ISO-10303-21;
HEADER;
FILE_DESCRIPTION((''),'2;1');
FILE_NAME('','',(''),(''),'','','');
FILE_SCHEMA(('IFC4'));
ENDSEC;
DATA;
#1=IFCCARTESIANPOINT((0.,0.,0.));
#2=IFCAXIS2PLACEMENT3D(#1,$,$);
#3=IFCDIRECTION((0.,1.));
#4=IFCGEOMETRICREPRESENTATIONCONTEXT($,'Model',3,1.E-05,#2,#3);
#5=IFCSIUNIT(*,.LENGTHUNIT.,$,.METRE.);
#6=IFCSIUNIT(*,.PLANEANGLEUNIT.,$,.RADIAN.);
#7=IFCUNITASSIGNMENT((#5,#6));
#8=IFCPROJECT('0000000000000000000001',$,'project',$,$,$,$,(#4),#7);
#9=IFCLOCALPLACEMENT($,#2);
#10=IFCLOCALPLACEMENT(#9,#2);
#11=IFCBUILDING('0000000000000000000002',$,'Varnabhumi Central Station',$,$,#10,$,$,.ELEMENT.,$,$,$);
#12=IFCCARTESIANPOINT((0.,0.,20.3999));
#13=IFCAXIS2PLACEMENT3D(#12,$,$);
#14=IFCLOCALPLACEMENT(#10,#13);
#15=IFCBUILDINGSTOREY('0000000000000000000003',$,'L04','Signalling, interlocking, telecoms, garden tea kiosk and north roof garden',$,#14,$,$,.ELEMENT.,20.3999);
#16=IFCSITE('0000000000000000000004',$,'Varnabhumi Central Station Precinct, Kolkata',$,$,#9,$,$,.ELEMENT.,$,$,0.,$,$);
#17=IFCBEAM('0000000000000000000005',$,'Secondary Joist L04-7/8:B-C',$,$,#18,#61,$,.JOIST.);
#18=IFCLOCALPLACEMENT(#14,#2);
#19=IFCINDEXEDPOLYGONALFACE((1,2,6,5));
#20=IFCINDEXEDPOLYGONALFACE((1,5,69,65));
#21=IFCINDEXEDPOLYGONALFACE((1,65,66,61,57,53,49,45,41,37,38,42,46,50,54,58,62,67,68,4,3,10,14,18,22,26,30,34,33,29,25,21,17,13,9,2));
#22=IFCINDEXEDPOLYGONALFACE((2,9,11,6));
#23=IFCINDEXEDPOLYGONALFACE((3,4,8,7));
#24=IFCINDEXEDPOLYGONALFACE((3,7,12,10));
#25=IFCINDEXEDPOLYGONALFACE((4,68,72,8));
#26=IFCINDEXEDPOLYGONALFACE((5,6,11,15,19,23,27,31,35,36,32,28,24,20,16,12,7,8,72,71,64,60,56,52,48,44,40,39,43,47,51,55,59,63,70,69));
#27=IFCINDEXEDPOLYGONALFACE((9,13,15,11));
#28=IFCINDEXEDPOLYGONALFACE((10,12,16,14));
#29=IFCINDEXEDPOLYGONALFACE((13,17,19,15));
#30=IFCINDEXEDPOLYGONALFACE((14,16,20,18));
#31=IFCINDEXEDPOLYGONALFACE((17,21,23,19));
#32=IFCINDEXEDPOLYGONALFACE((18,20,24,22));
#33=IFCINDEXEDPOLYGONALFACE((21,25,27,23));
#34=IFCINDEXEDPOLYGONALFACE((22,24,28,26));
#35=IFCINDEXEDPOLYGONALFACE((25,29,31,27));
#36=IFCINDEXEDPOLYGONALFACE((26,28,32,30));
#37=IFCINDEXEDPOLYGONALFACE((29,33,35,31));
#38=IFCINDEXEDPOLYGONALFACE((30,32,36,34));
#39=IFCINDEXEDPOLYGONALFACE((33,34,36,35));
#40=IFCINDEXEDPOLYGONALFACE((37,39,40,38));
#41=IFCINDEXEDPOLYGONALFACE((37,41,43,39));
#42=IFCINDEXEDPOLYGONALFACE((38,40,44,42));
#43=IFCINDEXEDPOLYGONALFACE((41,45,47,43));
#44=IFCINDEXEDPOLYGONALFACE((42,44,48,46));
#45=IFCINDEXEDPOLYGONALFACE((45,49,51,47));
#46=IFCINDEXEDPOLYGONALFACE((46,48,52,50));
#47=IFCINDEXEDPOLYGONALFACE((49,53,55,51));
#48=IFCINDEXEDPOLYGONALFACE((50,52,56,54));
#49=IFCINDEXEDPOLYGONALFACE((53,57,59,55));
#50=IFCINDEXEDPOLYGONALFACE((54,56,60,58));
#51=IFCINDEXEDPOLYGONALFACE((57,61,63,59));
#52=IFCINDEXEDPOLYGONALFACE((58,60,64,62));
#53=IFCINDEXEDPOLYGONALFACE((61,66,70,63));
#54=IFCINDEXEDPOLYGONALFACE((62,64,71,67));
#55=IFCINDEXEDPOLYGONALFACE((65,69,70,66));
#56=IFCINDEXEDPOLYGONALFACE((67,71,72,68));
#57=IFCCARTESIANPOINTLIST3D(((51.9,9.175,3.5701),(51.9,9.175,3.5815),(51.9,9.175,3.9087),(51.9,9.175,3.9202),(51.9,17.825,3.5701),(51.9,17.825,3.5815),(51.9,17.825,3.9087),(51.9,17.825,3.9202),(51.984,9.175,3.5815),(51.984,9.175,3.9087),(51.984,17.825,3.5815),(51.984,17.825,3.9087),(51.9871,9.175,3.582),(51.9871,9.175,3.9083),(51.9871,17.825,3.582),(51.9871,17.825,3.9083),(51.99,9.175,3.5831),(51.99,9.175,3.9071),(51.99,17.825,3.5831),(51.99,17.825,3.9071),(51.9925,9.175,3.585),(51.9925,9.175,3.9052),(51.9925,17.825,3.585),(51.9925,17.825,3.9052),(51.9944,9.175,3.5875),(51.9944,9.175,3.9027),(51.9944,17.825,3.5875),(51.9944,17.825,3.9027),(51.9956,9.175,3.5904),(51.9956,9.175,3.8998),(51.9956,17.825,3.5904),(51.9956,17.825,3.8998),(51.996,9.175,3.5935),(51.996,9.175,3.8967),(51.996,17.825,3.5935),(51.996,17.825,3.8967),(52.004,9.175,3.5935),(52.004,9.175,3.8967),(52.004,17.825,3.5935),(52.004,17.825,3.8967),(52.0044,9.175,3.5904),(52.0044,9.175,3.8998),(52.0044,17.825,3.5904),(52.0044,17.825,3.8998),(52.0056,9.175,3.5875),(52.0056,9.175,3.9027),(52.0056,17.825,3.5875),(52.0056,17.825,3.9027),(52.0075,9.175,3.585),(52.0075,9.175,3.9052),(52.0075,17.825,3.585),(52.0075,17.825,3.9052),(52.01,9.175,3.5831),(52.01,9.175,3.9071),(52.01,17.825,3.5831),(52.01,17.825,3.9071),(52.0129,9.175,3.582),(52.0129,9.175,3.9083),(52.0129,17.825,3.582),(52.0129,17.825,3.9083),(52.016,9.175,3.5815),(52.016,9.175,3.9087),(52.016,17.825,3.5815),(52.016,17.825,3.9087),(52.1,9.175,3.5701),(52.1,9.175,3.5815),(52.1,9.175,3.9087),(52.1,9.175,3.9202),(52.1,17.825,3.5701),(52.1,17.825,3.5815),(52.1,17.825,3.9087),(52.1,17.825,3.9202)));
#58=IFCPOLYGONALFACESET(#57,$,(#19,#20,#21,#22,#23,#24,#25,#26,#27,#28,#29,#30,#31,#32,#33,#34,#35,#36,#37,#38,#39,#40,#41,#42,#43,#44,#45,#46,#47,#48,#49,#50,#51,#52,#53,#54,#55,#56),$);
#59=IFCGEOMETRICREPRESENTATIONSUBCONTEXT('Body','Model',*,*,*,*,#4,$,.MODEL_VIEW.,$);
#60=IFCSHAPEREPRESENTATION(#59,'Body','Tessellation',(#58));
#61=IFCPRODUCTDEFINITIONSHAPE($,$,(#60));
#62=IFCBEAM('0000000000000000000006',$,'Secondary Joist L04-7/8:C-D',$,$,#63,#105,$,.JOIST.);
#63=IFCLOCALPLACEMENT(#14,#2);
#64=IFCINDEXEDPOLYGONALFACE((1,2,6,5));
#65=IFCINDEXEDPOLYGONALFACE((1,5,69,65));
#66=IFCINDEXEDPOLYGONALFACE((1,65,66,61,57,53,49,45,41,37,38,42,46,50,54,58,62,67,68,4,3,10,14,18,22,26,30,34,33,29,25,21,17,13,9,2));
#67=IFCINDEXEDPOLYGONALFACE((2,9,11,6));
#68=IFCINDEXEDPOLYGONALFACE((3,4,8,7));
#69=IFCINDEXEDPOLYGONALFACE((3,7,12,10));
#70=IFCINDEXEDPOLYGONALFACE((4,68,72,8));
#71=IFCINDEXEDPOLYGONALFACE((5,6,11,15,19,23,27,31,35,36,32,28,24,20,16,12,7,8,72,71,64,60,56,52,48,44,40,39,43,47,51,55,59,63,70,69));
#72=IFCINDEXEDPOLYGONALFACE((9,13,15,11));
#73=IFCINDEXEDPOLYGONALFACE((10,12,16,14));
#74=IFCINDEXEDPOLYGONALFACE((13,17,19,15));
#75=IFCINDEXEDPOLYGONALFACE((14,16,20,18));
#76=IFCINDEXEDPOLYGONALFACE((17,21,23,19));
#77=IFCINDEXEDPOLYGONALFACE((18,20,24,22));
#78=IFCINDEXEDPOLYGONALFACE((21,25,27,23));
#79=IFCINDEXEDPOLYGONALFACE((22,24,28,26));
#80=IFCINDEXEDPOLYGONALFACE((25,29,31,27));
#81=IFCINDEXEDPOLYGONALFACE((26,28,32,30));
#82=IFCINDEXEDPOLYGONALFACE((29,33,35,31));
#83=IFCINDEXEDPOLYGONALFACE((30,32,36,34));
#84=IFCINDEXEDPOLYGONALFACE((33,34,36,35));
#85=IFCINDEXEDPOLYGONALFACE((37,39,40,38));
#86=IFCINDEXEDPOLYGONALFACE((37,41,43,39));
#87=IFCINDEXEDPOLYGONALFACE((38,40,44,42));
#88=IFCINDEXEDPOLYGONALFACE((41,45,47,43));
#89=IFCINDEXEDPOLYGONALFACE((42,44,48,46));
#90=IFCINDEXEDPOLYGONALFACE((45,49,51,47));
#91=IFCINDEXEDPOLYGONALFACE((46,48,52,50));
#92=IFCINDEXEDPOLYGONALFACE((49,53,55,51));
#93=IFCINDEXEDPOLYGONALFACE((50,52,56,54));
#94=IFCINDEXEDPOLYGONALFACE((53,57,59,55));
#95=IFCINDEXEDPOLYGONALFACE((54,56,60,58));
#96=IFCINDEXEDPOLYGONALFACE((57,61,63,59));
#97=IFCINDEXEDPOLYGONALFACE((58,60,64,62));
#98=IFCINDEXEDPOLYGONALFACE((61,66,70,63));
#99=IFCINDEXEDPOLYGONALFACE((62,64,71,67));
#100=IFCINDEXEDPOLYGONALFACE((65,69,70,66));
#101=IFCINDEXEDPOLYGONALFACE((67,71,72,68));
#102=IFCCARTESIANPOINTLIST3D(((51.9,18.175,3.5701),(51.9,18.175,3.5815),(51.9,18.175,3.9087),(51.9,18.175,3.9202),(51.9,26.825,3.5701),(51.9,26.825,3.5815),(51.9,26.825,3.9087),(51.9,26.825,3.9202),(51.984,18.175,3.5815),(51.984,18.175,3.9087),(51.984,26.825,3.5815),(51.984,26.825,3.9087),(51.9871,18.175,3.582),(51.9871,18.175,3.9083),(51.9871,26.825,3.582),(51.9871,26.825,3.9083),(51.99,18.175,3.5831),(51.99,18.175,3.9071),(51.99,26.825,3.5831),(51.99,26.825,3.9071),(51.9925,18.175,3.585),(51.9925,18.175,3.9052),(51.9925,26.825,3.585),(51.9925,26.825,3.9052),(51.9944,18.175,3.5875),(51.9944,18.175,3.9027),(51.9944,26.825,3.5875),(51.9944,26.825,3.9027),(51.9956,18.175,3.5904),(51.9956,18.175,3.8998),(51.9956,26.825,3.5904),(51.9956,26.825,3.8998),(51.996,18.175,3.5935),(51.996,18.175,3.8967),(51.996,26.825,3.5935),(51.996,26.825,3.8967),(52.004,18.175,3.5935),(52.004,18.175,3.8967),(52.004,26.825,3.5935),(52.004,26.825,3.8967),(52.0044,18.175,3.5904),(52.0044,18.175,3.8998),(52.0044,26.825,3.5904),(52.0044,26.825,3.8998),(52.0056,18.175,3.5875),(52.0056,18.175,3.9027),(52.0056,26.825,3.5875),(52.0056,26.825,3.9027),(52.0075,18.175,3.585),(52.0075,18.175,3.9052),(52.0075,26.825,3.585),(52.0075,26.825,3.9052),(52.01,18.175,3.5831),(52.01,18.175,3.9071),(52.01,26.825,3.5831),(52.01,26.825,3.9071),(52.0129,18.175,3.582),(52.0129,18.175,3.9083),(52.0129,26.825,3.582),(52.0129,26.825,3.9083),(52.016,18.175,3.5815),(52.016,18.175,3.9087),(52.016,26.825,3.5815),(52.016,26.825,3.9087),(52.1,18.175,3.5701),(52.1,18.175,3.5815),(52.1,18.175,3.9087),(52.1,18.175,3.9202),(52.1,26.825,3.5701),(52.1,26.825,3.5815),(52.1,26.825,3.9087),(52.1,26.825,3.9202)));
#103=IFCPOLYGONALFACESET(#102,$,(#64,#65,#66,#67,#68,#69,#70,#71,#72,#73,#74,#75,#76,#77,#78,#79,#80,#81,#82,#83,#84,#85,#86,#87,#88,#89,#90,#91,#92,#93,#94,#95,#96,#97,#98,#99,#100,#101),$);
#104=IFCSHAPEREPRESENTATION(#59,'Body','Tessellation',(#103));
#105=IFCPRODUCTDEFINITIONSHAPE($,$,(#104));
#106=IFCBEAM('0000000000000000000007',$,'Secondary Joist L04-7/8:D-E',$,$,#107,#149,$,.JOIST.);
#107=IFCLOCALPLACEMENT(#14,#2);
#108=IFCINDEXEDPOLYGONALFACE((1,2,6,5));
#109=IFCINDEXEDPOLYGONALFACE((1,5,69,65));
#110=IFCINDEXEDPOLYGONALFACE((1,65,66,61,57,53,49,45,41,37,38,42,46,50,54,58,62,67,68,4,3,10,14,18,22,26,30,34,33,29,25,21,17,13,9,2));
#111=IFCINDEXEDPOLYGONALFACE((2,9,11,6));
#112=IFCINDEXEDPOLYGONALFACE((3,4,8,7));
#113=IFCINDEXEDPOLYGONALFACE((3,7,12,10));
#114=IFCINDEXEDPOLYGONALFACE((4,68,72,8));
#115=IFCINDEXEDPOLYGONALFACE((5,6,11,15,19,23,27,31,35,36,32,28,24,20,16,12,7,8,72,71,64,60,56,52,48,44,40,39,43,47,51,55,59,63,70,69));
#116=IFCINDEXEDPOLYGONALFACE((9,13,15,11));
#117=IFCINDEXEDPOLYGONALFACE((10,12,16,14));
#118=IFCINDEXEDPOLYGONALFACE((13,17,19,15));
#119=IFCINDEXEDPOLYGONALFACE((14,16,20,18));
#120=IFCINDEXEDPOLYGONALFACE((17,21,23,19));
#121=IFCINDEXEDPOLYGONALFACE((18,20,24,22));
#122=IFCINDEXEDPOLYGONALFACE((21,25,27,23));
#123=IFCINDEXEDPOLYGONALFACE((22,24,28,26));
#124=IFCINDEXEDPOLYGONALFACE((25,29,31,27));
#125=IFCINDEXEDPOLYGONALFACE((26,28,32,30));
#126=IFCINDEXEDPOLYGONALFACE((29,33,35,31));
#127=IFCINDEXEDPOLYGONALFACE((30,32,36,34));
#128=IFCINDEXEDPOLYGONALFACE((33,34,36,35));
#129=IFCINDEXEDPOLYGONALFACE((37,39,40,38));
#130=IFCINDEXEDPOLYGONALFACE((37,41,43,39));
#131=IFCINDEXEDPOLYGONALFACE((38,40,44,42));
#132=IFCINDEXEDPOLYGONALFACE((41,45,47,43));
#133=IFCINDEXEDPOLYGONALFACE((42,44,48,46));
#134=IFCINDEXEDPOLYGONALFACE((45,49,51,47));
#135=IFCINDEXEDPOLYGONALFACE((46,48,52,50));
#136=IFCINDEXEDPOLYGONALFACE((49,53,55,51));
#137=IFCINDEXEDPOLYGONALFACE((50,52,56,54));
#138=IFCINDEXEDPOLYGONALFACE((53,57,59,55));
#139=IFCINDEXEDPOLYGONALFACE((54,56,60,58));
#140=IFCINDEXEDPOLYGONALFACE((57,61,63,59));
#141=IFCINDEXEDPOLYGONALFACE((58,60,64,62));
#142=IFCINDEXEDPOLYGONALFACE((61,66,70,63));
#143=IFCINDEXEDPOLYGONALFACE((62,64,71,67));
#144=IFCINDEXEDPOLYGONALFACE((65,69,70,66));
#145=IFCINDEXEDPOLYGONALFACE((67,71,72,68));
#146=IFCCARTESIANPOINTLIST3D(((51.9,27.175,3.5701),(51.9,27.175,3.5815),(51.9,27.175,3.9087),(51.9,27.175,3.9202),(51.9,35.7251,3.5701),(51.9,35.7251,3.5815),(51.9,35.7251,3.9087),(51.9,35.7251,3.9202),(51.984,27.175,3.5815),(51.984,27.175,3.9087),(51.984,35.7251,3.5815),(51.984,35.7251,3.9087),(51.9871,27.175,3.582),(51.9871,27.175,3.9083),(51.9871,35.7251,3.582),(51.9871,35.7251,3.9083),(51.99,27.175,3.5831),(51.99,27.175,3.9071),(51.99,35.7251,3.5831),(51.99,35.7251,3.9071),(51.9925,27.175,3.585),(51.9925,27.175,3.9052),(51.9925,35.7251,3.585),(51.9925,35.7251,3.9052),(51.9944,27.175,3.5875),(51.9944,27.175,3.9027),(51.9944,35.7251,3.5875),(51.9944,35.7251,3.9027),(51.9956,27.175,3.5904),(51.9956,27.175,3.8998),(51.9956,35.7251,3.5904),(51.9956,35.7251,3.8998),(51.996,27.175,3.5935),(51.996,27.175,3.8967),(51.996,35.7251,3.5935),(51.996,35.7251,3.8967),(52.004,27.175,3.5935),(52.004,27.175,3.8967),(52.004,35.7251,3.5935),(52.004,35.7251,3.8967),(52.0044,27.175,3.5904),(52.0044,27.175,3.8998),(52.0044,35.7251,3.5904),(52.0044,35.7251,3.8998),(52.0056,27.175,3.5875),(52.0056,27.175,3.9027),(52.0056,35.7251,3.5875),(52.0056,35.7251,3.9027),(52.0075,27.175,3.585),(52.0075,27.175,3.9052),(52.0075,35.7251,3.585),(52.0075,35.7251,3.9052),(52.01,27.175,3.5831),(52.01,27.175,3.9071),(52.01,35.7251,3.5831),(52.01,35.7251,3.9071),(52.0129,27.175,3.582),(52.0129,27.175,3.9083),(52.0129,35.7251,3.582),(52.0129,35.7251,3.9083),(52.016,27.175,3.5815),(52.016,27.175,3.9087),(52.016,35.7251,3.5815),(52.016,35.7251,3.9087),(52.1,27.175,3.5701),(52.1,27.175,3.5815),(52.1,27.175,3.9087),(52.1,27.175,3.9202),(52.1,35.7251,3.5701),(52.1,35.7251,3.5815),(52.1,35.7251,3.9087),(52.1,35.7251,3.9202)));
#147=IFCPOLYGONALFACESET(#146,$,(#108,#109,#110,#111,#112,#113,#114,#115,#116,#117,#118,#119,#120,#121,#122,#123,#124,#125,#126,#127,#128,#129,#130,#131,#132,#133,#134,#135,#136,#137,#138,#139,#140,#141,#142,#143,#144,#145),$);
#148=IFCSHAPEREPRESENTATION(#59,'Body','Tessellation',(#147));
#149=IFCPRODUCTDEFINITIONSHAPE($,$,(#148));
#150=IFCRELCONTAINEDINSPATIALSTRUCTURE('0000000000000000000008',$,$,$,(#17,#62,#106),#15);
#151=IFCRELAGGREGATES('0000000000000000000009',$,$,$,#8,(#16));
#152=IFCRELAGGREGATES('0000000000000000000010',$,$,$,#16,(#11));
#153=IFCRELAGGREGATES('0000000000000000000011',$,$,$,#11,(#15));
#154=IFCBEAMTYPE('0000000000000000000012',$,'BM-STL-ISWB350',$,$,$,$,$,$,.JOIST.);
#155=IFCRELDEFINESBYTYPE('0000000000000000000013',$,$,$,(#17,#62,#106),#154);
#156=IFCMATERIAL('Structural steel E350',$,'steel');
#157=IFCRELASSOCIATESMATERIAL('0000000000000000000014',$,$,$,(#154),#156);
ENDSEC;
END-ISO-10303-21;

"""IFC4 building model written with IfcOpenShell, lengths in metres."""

from ifc_helpers import new_model, si_unit, direction, frame, origin, origin_2d, place, context, subcontext, project, spatial, i_section, extrude, material, material_profile, profile_set, type_object, element, save


model = new_model("IFC4")

# Units and contexts
model_context = context("Model", 3, precision=1e-05, world=origin(), true_north=direction((0.0, 1.0)))
body_context = subcontext(model_context, "Body", "Model", "MODEL_VIEW")
ifc_project = project(units=[si_unit("LENGTHUNIT", "METRE"), si_unit("PLANEANGLEUNIT", "RADIAN")], contexts=[model_context])

# Site, building, storey
site_placement = place(None, origin())
site = spatial("IfcSite", under=ifc_project, at=site_placement, Name="Varnabhumi Central Station Precinct, Kolkata", CompositionType="ELEMENT", RefElevation=0.0)
building_placement = place(site_placement, origin())
building = spatial("IfcBuilding", under=site, at=building_placement, Name="Varnabhumi Central Station", CompositionType="ELEMENT")
storey_placement = place(building_placement, frame((0.0, 0.0, 20.3999)))
storey = spatial("IfcBuildingStorey", under=building, at=storey_placement, Name="L04", Description="Signalling, interlocking, telecoms, garden tea kiosk and north roof garden", CompositionType="ELEMENT", Elevation=20.3999)

# Beams
ifc_material_1 = material(Name="Structural steel E350", Category="steel")
ifc_material_profile_1 = material_profile(ifc_material_1, i_section(OverallWidth=0.2, OverallDepth=0.3501, WebThickness=0.0081, FlangeThickness=0.0115, FilletRadius=0.012, at=origin_2d()), Name="Structural steel E350", Category="steel")
ifc_profile_set_1 = profile_set([ifc_material_profile_1], Name="Structural steel E350")
beam_type_1 = type_object("IfcBeamType", Name="BM-STL-ISWB350", PredefinedType="JOIST", material=ifc_profile_set_1)
for number, where, z_axis, x_axis, name in (
    (1, (52.0, 9.175, 3.7451), (0.0, 1.0, 0.0), (-1.0, 0.0, 0.0), "Secondary Joist L04-7/8:B-C"),
    (2, (52.0, 18.175, 3.7451), (0.0, 1.0, 0.0), (-1.0, 0.0, 0.0), "Secondary Joist L04-7/8:C-D"),
):
    element("IfcBeam", number, at=place(storey_placement, frame(where, z_axis=z_axis, x_axis=x_axis)), inside=storey, type_object=beam_type_1, Name=name, PredefinedType="JOIST", context=body_context, shape_type="SweptSolid", body=[
        extrude(i_section(OverallWidth=0.2, OverallDepth=0.3501, WebThickness=0.0081, FlangeThickness=0.0115, FilletRadius=0.012, at=origin_2d()), origin(), (0.0, 0.0, 1.0), 8.6499),
    ])
beam_1_placement = place(storey_placement, frame((52.0, 27.175, 3.7451), z_axis=(0.0, 1.0, 0.0), x_axis=(-1.0, 0.0, 0.0)))
element("IfcBeam", 3, at=beam_1_placement, inside=storey, type_object=beam_type_1, Name="Secondary Joist L04-7/8:D-E", PredefinedType="JOIST", context=body_context, shape_type="SweptSolid", body=[
    extrude(i_section(OverallWidth=0.2, OverallDepth=0.3501, WebThickness=0.0081, FlangeThickness=0.0115, FilletRadius=0.012, at=origin_2d()), origin(), (0.0, 0.0, 1.0), 8.55),
])

save(model, "model.ifc")
